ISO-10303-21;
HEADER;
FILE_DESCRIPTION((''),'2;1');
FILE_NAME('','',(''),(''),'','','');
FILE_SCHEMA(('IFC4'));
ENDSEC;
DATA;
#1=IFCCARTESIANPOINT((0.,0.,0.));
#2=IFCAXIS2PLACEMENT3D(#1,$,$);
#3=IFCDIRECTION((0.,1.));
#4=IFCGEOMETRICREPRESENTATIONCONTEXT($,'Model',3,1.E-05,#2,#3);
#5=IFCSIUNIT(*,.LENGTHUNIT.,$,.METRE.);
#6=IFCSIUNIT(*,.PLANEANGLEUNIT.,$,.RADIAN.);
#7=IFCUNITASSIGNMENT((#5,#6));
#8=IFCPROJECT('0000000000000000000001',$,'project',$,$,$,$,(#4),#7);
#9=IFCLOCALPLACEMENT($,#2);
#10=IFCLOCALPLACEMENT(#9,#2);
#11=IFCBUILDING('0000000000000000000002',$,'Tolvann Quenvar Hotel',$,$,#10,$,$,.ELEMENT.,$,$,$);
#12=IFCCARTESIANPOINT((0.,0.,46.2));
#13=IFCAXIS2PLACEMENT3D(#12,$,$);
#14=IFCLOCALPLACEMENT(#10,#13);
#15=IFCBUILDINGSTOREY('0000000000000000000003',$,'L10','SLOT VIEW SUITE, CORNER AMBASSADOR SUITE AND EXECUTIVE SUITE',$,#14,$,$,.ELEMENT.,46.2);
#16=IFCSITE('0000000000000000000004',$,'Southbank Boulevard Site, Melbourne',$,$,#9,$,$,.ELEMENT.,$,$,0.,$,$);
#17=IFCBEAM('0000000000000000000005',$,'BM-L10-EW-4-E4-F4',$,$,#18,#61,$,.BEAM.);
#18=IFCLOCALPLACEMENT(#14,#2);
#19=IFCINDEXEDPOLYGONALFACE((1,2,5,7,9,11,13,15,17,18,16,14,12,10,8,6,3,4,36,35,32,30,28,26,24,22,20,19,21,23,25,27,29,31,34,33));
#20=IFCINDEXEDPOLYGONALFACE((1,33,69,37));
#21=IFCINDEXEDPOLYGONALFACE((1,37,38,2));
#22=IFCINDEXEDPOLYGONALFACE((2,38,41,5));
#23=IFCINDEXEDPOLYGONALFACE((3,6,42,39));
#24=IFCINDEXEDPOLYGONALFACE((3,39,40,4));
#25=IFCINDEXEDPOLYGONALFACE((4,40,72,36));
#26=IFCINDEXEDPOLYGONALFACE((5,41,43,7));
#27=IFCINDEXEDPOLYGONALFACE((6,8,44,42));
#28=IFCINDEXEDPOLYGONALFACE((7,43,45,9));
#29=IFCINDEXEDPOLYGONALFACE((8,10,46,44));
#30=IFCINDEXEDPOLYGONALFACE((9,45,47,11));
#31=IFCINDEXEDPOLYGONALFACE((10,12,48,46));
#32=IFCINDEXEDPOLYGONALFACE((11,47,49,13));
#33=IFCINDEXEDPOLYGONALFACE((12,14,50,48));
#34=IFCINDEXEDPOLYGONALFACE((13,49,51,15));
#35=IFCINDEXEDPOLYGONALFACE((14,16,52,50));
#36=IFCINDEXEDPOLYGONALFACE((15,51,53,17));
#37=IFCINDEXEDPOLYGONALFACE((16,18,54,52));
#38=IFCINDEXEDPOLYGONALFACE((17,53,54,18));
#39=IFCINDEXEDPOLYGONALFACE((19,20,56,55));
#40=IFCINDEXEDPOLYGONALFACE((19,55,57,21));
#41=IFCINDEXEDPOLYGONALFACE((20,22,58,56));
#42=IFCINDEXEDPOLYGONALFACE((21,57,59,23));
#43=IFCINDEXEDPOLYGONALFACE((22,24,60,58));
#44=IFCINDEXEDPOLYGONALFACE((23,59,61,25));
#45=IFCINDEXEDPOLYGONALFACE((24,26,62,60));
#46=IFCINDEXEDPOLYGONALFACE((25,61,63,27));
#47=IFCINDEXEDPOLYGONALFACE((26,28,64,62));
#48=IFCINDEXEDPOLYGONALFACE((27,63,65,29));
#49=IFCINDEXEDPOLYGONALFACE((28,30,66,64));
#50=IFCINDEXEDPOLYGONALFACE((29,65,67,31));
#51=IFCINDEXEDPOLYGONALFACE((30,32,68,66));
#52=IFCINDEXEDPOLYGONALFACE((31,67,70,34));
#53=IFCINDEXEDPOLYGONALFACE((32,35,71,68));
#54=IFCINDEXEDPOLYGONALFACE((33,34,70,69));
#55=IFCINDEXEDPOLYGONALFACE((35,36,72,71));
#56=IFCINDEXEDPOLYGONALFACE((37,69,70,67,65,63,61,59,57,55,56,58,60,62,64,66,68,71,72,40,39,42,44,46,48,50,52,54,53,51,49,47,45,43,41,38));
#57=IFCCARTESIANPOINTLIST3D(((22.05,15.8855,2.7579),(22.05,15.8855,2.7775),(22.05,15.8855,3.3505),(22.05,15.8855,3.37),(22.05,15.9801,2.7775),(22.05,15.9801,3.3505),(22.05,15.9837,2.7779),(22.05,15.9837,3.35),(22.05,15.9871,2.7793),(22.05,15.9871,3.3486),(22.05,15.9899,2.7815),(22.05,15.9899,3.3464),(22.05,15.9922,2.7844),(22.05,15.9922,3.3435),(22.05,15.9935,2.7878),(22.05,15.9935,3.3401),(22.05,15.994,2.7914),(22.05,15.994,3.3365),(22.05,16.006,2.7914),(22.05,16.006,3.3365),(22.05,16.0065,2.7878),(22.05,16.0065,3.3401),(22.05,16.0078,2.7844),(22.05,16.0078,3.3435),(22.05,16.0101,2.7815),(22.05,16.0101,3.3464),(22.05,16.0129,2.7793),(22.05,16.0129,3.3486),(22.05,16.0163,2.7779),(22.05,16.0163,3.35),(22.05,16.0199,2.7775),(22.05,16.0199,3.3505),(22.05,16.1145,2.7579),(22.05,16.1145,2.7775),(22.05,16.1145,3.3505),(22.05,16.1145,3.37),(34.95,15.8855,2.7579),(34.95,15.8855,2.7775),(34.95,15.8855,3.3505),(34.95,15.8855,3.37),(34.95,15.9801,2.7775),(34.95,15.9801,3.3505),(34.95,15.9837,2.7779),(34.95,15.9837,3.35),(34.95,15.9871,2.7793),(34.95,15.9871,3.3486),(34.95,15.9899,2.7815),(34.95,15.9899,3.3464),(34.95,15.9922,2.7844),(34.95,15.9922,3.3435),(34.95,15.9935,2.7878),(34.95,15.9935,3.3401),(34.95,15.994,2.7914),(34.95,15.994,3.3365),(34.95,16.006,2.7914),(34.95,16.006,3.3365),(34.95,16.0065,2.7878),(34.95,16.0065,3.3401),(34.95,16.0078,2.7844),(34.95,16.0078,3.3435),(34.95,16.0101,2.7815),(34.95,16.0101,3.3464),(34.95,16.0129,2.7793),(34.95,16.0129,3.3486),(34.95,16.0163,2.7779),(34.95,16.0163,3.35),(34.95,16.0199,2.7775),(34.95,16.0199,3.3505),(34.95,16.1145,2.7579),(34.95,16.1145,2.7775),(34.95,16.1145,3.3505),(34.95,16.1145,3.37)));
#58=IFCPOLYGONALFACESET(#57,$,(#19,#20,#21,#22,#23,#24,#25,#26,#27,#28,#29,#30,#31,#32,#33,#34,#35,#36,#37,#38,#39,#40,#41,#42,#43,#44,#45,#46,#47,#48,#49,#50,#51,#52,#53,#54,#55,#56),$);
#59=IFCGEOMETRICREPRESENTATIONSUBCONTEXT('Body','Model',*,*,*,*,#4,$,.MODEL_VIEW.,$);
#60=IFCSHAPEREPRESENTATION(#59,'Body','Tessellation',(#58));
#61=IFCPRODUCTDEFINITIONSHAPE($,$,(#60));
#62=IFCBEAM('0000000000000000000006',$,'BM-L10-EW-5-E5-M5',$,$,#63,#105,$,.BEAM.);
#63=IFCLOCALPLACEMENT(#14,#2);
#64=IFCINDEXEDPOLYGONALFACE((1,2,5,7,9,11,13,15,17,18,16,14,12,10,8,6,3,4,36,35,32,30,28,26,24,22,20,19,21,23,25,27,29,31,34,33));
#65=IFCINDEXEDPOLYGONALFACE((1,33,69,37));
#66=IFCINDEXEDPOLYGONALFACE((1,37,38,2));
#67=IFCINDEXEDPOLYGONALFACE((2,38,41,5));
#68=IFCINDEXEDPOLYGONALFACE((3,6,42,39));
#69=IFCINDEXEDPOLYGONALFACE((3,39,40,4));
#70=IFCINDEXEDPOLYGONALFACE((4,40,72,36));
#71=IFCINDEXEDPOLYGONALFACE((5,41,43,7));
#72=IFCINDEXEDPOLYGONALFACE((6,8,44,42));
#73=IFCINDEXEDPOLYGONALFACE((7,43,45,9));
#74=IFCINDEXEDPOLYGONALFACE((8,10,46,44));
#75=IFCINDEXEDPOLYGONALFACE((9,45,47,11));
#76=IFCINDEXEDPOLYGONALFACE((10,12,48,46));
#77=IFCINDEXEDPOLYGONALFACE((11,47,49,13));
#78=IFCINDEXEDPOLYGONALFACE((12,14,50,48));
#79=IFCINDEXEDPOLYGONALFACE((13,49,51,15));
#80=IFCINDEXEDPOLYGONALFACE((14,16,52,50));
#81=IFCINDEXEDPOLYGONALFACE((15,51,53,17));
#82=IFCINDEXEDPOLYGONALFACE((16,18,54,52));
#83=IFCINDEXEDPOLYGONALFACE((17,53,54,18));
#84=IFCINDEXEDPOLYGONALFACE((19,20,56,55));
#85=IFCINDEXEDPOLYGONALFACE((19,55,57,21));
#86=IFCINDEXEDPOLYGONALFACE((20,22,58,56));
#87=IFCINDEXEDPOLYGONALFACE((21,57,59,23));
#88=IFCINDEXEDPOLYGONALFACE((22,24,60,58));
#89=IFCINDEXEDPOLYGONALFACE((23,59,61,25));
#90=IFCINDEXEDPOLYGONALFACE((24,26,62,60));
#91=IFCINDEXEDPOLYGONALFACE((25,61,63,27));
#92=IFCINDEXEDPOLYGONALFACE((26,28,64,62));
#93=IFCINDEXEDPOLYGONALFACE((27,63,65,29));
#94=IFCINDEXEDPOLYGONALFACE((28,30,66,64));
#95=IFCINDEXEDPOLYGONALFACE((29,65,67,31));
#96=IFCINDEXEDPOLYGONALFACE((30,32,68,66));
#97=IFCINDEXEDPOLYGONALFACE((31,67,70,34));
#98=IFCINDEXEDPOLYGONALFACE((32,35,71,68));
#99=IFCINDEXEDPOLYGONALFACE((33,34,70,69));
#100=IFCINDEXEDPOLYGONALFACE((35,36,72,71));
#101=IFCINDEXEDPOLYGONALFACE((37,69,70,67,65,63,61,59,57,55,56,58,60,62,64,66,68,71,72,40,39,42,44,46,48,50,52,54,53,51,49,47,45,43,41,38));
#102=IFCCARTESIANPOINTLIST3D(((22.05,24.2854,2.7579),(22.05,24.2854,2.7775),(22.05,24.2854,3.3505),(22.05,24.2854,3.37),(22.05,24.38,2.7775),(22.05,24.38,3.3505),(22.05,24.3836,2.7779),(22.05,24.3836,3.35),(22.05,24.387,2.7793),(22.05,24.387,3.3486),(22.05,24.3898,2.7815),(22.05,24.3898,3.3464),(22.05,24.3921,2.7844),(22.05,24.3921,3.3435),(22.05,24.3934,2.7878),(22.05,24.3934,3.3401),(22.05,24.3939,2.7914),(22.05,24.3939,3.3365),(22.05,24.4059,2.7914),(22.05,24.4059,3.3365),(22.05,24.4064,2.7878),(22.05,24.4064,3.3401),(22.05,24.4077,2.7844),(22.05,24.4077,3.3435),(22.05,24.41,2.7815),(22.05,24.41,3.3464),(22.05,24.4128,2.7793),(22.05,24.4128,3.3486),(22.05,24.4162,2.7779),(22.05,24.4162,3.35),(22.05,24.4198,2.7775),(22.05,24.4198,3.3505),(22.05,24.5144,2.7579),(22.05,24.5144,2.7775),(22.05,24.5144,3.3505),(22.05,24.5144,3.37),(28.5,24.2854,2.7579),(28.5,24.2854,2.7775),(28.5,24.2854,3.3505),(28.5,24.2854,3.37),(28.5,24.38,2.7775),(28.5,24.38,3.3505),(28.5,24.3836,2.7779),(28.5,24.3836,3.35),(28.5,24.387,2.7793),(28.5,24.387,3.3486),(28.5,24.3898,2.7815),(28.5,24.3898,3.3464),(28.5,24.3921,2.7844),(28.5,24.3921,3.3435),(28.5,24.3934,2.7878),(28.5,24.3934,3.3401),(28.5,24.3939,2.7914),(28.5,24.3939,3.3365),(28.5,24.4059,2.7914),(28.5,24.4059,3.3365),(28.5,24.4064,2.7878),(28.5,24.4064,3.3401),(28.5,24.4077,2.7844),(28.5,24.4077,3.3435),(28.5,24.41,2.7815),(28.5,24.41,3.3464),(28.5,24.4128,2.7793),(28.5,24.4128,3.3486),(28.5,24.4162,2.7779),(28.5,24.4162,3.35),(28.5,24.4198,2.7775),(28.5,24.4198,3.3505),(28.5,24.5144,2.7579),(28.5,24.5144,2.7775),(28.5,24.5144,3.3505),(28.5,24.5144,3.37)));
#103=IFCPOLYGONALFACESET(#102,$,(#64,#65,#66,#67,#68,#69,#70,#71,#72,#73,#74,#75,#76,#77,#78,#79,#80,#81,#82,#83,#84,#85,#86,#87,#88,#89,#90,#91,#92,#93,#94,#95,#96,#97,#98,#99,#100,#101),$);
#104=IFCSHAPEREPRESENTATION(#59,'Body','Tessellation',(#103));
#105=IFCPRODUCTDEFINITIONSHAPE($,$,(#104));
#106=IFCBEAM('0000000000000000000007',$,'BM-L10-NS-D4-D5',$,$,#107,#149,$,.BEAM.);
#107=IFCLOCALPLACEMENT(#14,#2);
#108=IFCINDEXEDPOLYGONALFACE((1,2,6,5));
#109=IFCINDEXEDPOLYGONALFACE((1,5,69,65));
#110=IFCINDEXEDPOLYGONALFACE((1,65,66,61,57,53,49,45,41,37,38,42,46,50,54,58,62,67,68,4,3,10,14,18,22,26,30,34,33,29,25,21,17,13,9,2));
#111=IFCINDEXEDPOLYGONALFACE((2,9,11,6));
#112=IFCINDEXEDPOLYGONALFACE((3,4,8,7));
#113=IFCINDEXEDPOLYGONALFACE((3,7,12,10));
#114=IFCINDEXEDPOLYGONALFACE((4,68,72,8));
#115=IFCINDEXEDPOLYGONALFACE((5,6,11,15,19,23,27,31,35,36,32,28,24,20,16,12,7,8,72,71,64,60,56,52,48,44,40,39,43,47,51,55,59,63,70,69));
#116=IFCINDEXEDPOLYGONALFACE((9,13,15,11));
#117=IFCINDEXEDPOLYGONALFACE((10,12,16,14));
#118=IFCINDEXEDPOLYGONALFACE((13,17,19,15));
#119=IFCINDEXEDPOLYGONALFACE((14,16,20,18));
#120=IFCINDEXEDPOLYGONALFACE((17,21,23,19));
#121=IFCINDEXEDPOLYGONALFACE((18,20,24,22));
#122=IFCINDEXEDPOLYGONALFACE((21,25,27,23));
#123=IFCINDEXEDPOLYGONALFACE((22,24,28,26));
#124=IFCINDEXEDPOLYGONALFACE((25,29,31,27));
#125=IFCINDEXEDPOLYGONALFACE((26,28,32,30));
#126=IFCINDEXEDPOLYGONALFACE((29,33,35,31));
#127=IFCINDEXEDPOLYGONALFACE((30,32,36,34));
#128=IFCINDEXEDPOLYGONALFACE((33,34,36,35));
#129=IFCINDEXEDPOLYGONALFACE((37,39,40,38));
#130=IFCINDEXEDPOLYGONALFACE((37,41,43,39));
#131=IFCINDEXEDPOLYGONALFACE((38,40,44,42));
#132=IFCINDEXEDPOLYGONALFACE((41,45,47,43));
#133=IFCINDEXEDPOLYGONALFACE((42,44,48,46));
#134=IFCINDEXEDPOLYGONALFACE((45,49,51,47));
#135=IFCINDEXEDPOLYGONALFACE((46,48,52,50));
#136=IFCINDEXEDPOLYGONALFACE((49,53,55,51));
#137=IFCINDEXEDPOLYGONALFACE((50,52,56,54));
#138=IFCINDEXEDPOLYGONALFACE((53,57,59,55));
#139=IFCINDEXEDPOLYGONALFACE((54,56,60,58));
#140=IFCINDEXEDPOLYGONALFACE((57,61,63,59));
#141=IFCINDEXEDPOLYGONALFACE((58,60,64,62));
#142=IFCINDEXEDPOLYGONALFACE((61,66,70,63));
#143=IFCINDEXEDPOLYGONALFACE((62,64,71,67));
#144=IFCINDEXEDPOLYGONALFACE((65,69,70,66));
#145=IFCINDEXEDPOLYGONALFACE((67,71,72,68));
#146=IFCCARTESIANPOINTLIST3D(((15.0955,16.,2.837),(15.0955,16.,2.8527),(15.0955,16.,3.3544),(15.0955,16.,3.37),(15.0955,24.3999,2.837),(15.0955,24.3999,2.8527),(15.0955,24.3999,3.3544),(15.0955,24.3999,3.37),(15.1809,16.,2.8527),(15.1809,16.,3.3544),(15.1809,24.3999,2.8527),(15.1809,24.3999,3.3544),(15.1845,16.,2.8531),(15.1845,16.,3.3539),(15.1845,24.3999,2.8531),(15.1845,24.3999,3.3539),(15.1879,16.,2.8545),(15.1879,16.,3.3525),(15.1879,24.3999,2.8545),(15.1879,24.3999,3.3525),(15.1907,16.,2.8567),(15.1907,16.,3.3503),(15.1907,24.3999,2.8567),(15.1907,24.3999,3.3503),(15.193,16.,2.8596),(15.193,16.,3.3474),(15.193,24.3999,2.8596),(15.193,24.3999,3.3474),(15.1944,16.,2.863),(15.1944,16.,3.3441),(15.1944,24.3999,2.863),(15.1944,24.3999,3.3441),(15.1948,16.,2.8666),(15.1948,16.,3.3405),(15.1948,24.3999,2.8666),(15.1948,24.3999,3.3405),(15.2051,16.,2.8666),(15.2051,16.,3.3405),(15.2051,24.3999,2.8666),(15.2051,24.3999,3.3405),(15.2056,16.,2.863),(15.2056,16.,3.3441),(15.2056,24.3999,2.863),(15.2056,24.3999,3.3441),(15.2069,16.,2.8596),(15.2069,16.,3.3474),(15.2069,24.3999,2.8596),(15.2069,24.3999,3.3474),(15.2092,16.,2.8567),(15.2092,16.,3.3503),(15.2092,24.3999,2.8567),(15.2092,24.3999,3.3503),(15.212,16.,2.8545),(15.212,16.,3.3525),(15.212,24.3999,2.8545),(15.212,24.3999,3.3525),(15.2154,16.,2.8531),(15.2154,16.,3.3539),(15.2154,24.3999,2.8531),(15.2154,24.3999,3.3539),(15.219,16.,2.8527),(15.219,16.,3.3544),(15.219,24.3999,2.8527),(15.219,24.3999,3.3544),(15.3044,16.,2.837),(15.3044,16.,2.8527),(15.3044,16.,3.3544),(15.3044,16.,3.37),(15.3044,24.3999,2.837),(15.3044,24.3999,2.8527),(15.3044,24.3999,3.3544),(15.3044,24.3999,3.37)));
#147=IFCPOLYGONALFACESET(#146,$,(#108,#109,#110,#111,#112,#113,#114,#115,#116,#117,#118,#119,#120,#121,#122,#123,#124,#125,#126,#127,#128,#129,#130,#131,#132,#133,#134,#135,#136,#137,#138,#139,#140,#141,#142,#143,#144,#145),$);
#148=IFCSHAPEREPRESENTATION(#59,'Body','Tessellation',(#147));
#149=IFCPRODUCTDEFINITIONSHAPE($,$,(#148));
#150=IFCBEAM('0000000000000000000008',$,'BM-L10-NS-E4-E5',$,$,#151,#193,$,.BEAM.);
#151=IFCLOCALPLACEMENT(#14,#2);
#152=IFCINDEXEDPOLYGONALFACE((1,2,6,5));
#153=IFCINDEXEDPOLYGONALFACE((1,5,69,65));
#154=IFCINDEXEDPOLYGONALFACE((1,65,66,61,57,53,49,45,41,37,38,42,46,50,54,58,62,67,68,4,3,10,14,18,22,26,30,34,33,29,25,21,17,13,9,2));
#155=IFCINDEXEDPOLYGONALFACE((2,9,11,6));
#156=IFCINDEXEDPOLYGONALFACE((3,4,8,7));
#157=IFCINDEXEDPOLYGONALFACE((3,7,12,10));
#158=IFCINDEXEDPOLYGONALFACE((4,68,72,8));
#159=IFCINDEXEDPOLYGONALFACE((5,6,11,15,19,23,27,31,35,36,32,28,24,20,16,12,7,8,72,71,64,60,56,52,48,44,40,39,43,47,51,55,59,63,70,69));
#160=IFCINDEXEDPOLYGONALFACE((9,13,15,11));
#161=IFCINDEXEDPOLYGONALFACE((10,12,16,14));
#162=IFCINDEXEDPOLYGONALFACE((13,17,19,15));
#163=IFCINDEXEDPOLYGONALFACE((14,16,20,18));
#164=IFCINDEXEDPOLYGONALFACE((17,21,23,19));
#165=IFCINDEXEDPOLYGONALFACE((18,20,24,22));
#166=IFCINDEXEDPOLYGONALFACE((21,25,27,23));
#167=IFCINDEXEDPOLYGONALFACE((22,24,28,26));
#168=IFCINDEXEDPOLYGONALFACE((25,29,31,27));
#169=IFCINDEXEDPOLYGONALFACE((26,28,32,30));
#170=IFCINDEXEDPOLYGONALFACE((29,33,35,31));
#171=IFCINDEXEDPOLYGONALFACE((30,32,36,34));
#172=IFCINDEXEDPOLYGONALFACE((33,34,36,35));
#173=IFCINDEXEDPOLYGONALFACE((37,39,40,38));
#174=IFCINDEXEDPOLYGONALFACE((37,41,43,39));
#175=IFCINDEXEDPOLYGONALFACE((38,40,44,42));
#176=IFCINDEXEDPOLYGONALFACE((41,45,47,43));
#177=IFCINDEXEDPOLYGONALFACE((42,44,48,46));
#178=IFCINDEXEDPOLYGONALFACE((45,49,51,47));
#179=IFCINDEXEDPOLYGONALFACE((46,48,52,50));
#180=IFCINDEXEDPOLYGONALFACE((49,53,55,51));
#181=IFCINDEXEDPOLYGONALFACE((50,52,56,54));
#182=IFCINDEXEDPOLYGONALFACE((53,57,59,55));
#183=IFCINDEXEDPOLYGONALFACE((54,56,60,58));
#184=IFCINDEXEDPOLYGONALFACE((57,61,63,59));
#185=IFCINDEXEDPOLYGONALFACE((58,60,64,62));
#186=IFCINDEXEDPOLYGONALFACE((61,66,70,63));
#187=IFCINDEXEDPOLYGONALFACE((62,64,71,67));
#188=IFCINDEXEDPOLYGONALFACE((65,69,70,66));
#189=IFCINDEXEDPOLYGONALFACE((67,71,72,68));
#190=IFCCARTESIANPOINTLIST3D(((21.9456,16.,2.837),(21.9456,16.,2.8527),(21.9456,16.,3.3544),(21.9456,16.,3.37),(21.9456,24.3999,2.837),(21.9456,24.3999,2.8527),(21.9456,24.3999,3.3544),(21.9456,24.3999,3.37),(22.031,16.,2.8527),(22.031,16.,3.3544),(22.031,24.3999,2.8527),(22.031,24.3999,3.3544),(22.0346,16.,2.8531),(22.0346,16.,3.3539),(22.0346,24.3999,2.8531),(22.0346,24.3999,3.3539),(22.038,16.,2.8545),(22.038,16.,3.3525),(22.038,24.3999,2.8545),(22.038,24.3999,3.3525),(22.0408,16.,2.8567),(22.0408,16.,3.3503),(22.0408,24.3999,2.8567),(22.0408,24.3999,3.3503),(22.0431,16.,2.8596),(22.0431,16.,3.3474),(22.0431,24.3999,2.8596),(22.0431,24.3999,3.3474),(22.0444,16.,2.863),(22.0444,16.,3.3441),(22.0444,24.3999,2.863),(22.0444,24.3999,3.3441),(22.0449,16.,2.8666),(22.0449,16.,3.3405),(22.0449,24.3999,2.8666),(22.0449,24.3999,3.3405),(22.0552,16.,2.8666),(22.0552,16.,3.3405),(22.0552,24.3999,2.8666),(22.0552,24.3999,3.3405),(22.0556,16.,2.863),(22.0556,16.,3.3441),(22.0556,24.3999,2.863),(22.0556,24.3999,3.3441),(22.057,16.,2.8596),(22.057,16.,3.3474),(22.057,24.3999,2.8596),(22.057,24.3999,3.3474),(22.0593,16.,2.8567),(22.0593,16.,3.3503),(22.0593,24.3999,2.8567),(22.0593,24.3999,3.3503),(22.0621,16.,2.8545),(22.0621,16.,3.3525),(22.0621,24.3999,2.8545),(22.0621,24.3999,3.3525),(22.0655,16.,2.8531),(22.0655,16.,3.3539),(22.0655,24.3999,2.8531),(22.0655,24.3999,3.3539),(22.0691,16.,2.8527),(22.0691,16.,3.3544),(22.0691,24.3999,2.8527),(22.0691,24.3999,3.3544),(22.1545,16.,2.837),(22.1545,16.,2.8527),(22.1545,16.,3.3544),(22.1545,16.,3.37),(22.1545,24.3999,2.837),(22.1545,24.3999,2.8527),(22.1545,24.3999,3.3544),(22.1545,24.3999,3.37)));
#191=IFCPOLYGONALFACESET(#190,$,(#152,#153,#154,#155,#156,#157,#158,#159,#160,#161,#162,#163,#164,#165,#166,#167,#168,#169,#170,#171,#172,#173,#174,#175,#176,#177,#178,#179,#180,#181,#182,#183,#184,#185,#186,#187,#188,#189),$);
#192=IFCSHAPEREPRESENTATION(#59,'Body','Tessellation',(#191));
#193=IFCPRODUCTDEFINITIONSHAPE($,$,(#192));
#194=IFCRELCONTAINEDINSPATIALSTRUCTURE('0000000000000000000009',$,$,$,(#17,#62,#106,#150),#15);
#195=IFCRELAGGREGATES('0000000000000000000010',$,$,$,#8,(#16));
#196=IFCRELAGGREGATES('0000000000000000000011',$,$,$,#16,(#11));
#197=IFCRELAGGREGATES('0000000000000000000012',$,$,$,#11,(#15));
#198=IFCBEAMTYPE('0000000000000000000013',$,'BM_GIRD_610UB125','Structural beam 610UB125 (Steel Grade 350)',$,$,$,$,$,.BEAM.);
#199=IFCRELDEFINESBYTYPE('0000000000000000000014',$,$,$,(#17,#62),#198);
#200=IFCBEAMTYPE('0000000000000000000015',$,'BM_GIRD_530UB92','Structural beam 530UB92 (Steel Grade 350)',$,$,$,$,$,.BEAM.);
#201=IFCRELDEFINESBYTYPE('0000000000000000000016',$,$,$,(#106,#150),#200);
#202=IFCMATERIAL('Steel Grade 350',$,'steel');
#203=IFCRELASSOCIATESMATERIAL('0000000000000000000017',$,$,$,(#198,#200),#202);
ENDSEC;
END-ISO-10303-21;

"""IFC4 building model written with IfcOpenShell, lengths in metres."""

from ifc_helpers import new_model, si_unit, direction, frame, origin, origin_2d, place, context, subcontext, project, spatial, i_section, extrude, source, transform, mapped, material, material_profile, profile_set, type_object, type_shapes, element, save


model = new_model("IFC4")

# Units and contexts
model_context = context("Model", 3, precision=1e-05, world=origin(), true_north=direction((0.0, 1.0)))
body_context = subcontext(model_context, "Body", "Model", "MODEL_VIEW")
ifc_project = project(units=[si_unit("LENGTHUNIT", "METRE"), si_unit("PLANEANGLEUNIT", "RADIAN")], contexts=[model_context])

# Site, building, storey
site_placement = place(None, origin())
site = spatial("IfcSite", under=ifc_project, at=site_placement, Name="Southbank Boulevard Site, Melbourne", CompositionType="ELEMENT", RefElevation=0.0)
building_placement = place(site_placement, origin())
building = spatial("IfcBuilding", under=site, at=building_placement, Name="Tolvann Quenvar Hotel", CompositionType="ELEMENT")
storey_placement = place(building_placement, frame((0.0, 0.0, 46.2)))
storey = spatial("IfcBuildingStorey", under=building, at=storey_placement, Name="L10", Description="SLOT VIEW SUITE, CORNER AMBASSADOR SUITE AND EXECUTIVE SUITE", CompositionType="ELEMENT", Elevation=46.2)

# Shared definitions
ifc_material_1 = material(Name="Steel Grade 350", Category="steel")

# Beams
ifc_material_profile_1 = material_profile(ifc_material_1, i_section(OverallWidth=0.229, OverallDepth=0.6121, WebThickness=0.012, FlangeThickness=0.0195, FilletRadius=0.0139, at=origin_2d()), Name="610UB125")
ifc_profile_set_1 = profile_set([ifc_material_profile_1], Name="Steel Grade 350")
beam_type_1 = type_object("IfcBeamType", Name="BM_GIRD_610UB125", Description="Structural beam 610UB125 (Steel Grade 350)", PredefinedType="BEAM", material=ifc_profile_set_1)
shared_shape_1 = source(origin(), body_context, "Body", "SweptSolid", [
    extrude(i_section(OverallWidth=0.229, OverallDepth=0.6121, WebThickness=0.012, FlangeThickness=0.0195, FilletRadius=0.0139, at=origin_2d()), origin(), (0.0, 0.0, 1.0), 12.8999),
])
beam_1_placement = place(storey_placement, frame((22.05, 16.0, 3.064), z_axis=(1.0, 0.0, 0.0), x_axis=(0.0, 1.0, 0.0)))
element("IfcBeam", 1, at=beam_1_placement, inside=storey, type_object=beam_type_1, Name="BM-L10-EW-4-E4-F4", PredefinedType="BEAM", context=body_context, shape_type="MappedRepresentation", body=[
    mapped(shared_shape_1, transform((0.0, 0.0, 0.0), x_axis=(1.0, 0.0, 0.0), y_axis=(0.0, 1.0, 0.0), z_axis=(0.0, 0.0, 1.0), scale=1.0)),
])
shared_shape_2 = source(origin(), body_context, "Body", "SweptSolid", [
    extrude(i_section(OverallWidth=0.229, OverallDepth=0.6121, WebThickness=0.012, FlangeThickness=0.0195, FilletRadius=0.0139, at=origin_2d()), origin(), (0.0, 0.0, 1.0), 6.45),
])
beam_2_placement = place(storey_placement, frame((22.05, 24.3999, 3.064), z_axis=(1.0, 0.0, 0.0), x_axis=(0.0, 1.0, 0.0)))
element("IfcBeam", 2, at=beam_2_placement, inside=storey, type_object=beam_type_1, Name="BM-L10-EW-5-E5-M5", PredefinedType="BEAM", context=body_context, shape_type="MappedRepresentation", body=[
    mapped(shared_shape_2, transform((0.0, 0.0, 0.0), x_axis=(1.0, 0.0, 0.0), y_axis=(0.0, 1.0, 0.0), z_axis=(0.0, 0.0, 1.0), scale=1.0)),
])
ifc_material_profile_2 = material_profile(ifc_material_1, i_section(OverallWidth=0.209, OverallDepth=0.533, WebThickness=0.0103, FlangeThickness=0.0156, FilletRadius=0.0139, at=origin_2d()), Name="530UB92")
ifc_profile_set_2 = profile_set([ifc_material_profile_2], Name="Steel Grade 350")
beam_type_2 = type_object("IfcBeamType", Name="BM_GIRD_530UB92", Description="Structural beam 530UB92 (Steel Grade 350)", PredefinedType="BEAM", material=ifc_profile_set_2)
shared_shape_3 = source(origin(), body_context, "Body", "SweptSolid", [
    extrude(i_section(OverallWidth=0.209, OverallDepth=0.533, WebThickness=0.0103, FlangeThickness=0.0156, FilletRadius=0.0139, at=origin_2d()), origin(), (0.0, 0.0, 1.0), 8.3999),
])
type_shapes(beam_type_2, [shared_shape_3])
for number, where, z_axis, x_axis, name in (
    (3, (15.2, 16.0, 3.1035), (0.0, 1.0, 0.0), (-1.0, 0.0, 0.0), "BM-L10-NS-D4-D5"),
    (4, (22.05, 16.0, 3.1035), (0.0, 1.0, 0.0), (-1.0, 0.0, 0.0), "BM-L10-NS-E4-E5"),
):
    element("IfcBeam", number, at=place(storey_placement, frame(where, z_axis=z_axis, x_axis=x_axis)), inside=storey, type_object=beam_type_2, Name=name, PredefinedType="BEAM", context=body_context, shape_type="MappedRepresentation", body=[
        mapped(shared_shape_3, transform((0.0, 0.0, 0.0), x_axis=(1.0, 0.0, 0.0), y_axis=(0.0, 1.0, 0.0), z_axis=(0.0, 0.0, 1.0), scale=1.0)),
    ])

save(model, "model.ifc")
